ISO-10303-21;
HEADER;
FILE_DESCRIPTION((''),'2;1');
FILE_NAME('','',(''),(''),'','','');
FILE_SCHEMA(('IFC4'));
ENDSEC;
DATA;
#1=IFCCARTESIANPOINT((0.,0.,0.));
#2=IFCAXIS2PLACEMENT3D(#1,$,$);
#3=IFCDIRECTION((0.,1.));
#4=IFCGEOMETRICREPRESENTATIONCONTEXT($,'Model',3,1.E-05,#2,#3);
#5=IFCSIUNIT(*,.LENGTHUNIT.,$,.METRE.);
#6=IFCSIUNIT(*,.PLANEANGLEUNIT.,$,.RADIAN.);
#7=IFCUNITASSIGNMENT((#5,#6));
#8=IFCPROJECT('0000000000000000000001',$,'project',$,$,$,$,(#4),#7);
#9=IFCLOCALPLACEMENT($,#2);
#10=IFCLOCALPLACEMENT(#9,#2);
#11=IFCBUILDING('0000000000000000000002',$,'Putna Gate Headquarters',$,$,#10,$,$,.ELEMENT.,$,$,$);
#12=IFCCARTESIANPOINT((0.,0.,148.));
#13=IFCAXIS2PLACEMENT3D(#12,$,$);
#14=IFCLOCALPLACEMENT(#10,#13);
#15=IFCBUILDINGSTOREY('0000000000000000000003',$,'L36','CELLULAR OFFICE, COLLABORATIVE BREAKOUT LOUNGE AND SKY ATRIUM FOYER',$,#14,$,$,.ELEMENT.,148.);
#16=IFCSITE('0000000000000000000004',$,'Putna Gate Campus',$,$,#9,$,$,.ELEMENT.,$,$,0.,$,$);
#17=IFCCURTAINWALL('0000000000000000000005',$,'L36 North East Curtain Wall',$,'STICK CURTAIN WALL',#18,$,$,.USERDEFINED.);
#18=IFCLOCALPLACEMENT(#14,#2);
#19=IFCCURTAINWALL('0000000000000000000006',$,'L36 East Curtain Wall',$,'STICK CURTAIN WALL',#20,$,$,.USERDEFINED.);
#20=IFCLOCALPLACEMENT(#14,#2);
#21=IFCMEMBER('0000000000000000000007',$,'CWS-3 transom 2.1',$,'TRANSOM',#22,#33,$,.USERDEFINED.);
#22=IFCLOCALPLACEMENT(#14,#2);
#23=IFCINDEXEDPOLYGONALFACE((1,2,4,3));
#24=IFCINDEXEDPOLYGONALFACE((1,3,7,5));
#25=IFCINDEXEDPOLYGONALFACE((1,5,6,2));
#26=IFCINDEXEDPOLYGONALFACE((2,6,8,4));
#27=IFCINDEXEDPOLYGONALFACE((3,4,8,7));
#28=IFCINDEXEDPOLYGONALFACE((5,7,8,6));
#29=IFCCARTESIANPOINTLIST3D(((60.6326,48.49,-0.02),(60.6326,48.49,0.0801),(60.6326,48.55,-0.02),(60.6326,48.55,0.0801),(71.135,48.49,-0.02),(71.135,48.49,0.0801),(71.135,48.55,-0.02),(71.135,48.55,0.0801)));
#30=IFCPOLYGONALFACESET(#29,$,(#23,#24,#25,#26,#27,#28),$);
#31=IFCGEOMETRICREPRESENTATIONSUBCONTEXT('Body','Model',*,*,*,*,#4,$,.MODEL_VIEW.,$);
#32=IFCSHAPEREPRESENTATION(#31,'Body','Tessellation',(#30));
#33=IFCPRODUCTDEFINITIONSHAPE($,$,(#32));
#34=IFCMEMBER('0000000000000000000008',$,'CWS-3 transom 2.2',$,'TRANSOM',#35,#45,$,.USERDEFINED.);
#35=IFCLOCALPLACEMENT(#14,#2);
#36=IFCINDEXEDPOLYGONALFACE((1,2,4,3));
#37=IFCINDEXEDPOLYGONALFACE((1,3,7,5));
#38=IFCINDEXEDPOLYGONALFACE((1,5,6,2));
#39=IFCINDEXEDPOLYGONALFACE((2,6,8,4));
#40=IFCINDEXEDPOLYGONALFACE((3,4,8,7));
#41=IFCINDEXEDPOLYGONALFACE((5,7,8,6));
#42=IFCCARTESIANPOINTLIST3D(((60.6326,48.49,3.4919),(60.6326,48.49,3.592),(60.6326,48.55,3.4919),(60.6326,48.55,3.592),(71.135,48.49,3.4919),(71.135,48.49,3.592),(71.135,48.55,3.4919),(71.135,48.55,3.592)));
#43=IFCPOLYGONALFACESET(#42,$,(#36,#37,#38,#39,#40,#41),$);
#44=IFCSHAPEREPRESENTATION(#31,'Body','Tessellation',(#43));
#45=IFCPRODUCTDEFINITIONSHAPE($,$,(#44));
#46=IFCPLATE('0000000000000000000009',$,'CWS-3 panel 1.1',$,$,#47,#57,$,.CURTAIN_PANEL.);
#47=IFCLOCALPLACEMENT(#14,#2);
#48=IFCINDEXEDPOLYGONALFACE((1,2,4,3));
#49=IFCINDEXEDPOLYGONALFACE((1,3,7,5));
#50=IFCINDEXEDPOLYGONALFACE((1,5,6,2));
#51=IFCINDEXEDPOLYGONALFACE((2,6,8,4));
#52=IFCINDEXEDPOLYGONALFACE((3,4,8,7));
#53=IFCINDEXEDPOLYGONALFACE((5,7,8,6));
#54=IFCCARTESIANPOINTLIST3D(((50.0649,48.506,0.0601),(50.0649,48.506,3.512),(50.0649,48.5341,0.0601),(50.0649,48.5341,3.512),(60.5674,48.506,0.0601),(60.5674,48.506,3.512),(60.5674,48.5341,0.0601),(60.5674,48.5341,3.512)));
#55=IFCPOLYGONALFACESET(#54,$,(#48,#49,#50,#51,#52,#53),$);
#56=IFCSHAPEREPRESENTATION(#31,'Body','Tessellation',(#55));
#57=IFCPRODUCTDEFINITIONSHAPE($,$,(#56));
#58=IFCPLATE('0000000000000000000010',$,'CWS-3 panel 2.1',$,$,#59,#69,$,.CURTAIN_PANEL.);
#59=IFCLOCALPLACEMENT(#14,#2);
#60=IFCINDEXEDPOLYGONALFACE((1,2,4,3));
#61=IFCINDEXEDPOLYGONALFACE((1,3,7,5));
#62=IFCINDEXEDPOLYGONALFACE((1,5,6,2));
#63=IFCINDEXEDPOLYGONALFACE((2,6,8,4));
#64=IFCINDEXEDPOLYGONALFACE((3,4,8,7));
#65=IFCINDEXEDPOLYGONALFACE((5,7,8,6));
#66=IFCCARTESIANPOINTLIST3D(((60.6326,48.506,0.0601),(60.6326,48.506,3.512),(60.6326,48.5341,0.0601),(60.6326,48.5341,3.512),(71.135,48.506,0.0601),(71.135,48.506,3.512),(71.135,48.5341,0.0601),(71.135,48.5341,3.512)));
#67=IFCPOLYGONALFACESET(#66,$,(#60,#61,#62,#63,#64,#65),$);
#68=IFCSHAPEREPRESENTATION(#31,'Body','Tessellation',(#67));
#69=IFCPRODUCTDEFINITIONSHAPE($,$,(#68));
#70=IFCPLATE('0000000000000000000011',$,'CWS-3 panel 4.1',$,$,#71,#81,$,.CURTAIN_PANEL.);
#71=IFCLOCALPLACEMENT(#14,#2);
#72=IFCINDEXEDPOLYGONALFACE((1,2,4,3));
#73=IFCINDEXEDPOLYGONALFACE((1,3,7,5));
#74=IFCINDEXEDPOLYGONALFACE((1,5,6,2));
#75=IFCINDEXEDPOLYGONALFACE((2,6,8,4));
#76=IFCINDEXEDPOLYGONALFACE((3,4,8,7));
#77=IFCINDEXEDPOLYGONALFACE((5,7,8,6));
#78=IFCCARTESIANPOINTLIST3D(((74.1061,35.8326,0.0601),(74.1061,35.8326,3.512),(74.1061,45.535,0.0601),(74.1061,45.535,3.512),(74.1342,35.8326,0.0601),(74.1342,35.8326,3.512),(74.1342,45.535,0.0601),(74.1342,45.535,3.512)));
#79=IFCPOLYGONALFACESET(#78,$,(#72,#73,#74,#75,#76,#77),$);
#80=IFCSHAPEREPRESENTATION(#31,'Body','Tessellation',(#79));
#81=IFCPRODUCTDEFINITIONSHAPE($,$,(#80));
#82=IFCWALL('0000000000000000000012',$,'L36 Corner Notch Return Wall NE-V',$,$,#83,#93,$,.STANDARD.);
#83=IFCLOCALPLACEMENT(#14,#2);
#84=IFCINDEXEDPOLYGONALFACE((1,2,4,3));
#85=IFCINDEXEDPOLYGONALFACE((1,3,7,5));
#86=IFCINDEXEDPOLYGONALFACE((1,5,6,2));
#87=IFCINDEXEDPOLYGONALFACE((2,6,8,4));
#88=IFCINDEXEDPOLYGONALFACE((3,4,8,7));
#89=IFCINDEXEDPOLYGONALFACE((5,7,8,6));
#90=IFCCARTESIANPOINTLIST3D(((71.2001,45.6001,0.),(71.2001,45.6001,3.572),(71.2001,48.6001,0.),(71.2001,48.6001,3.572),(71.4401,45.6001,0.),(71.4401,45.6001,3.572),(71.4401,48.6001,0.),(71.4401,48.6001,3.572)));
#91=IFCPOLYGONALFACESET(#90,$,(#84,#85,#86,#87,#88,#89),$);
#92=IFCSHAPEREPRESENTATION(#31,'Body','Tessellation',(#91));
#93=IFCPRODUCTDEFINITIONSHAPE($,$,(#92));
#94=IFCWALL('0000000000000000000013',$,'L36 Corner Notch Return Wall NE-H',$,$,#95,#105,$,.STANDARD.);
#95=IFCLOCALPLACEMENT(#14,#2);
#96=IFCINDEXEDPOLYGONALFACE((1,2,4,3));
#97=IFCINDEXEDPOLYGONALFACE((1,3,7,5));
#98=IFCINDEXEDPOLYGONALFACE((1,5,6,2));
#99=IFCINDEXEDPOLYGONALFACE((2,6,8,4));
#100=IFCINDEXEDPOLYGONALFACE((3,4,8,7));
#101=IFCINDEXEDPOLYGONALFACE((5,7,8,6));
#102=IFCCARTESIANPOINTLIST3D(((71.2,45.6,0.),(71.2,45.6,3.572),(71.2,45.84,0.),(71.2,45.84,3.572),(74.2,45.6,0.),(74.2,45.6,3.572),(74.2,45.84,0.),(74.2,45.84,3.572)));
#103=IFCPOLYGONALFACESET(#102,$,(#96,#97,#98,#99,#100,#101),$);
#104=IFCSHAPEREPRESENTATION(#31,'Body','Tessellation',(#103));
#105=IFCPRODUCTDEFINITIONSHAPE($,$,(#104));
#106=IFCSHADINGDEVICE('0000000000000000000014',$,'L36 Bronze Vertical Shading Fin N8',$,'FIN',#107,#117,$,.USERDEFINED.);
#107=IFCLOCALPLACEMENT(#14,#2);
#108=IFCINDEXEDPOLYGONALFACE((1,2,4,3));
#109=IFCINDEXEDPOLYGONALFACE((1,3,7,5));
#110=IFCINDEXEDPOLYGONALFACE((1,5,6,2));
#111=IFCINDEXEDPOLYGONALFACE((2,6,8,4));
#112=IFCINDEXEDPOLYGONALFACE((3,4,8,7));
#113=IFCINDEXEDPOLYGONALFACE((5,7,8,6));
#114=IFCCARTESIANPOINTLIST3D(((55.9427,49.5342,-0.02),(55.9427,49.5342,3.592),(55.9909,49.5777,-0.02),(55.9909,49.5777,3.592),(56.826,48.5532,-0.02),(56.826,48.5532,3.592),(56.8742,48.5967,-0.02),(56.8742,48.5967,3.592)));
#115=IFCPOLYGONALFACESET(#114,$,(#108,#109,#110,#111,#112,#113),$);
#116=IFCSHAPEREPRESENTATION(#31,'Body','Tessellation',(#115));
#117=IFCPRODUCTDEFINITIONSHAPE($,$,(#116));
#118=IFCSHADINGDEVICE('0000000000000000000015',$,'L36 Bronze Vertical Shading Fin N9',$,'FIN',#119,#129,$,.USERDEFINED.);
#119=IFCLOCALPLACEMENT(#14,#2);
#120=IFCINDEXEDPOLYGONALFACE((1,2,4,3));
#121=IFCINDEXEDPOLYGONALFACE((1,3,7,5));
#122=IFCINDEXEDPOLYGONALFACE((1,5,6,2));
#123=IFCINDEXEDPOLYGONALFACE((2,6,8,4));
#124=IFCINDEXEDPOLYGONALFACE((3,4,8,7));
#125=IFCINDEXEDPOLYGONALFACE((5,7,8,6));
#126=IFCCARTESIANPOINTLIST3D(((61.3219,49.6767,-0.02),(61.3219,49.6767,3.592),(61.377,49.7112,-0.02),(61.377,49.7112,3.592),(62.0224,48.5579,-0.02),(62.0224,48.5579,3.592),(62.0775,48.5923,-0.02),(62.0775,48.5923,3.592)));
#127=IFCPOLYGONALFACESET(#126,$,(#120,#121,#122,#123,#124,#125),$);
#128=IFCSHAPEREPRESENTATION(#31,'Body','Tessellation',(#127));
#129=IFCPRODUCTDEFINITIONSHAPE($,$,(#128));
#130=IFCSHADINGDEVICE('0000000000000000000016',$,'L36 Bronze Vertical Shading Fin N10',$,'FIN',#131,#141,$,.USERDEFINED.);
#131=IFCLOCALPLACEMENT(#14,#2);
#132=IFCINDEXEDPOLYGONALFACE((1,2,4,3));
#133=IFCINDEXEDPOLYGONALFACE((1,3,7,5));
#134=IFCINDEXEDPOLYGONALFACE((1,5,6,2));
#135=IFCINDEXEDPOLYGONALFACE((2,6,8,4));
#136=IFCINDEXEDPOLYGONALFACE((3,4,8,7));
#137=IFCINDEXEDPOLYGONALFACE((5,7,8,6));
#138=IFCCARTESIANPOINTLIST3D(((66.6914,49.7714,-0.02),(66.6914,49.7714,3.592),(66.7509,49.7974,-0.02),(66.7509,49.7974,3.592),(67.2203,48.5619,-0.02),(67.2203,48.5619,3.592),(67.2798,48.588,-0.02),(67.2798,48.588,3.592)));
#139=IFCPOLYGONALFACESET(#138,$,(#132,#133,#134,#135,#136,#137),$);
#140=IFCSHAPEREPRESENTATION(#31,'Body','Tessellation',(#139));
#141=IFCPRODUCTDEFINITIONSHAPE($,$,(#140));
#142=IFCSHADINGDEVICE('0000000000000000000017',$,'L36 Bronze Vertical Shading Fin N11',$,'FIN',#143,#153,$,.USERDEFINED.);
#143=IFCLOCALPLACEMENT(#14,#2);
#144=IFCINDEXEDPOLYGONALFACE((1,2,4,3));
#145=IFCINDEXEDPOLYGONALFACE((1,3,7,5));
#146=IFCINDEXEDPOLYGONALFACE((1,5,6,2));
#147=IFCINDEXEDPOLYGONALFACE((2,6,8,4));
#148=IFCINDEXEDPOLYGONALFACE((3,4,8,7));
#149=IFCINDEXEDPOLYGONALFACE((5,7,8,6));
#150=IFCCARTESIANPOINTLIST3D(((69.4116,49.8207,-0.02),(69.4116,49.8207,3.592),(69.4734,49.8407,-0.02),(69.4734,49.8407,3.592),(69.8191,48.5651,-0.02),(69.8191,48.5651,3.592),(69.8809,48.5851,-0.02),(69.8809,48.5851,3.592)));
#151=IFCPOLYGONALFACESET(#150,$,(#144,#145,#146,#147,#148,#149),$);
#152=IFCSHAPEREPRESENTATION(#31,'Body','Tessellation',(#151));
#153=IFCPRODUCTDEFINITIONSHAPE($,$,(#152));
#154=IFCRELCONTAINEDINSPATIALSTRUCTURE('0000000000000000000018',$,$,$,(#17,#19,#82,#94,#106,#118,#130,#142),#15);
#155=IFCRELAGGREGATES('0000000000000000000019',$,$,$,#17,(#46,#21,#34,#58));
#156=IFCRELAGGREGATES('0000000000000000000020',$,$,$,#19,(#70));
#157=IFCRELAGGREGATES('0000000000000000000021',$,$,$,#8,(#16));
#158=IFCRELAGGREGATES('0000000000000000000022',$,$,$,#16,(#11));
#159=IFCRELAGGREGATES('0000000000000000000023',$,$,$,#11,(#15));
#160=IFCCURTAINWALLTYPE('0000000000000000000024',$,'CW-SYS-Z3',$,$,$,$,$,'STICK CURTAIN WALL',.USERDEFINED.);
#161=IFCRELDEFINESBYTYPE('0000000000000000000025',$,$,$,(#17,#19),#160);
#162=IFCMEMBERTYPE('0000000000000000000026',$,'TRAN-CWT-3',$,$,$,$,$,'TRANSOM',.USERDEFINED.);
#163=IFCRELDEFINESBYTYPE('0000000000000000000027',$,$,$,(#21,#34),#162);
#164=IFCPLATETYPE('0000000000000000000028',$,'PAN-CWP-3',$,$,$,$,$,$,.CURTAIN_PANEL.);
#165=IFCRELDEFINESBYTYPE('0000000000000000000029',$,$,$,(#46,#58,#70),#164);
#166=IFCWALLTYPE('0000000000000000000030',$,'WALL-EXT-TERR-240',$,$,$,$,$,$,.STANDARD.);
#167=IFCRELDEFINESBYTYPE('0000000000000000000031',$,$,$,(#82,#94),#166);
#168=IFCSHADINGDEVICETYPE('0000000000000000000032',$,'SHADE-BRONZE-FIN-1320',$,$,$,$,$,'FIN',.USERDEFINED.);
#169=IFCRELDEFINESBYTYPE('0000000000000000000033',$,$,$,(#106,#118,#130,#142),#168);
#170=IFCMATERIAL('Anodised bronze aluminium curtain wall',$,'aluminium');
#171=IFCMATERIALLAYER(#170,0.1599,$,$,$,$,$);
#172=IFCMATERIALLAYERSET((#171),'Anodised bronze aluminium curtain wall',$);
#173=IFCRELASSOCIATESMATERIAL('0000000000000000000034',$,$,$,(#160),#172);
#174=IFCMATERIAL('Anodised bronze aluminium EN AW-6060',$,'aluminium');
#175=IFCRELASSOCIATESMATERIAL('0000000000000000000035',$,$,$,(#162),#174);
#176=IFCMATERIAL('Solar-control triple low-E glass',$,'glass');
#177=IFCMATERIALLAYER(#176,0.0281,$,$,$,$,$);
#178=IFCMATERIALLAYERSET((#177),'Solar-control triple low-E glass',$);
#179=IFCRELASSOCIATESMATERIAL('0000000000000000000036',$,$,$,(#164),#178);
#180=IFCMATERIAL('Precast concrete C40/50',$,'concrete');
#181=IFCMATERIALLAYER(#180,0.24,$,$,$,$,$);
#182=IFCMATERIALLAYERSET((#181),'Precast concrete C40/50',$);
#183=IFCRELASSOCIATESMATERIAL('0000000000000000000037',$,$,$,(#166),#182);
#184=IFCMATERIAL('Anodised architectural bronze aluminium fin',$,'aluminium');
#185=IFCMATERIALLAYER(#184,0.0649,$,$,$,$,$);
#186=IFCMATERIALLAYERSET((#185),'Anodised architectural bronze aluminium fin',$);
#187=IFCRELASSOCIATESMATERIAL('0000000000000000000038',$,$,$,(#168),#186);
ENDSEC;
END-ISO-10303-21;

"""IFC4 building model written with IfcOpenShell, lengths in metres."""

from ifc_helpers import new_model, si_unit, direction, frame, frame_2d, origin, origin_2d, place, context, subcontext, project, spatial, rectangle, extrude, material, layer, layer_set, material_profile, profile_set, type_object, element, aggregate, save


model = new_model("IFC4")

# Units and contexts
model_context = context("Model", 3, precision=1e-05, world=origin(), true_north=direction((0.0, 1.0)))
body_context = subcontext(model_context, "Body", "Model", "MODEL_VIEW")
ifc_project = project(units=[si_unit("LENGTHUNIT", "METRE"), si_unit("PLANEANGLEUNIT", "RADIAN")], contexts=[model_context])

# Site, building, storey
site_placement = place(None, origin())
site = spatial("IfcSite", under=ifc_project, at=site_placement, Name="Putna Gate Campus", CompositionType="ELEMENT", RefElevation=0.0)
building_placement = place(site_placement, origin())
building = spatial("IfcBuilding", under=site, at=building_placement, Name="Putna Gate Headquarters", CompositionType="ELEMENT")
storey_placement = place(building_placement, frame((0.0, 0.0, 148.0)))
storey = spatial("IfcBuildingStorey", under=building, at=storey_placement, Name="L36", Description="CELLULAR OFFICE, COLLABORATIVE BREAKOUT LOUNGE AND SKY ATRIUM FOYER", CompositionType="ELEMENT", Elevation=148.0)

# Curtain wall
ifc_material_1 = material(Name="Anodised bronze aluminium curtain wall", Category="aluminium")
ifc_layer_1 = layer(ifc_material_1, 0.1599)
ifc_layer_set_1 = layer_set([ifc_layer_1], Name="Anodised bronze aluminium curtain wall")
curtain_wall_type = type_object("IfcCurtainWallType", Name="CW-SYS-Z3", ElementType="STICK CURTAIN WALL", PredefinedType="USERDEFINED", material=ifc_layer_set_1)
curtain_wall_1_placement = place(storey_placement, origin())
curtain_wall_1 = element("IfcCurtainWall", 1, at=curtain_wall_1_placement, inside=storey, type_object=curtain_wall_type, Name="L36 North East Curtain Wall", ObjectType="STICK CURTAIN WALL", PredefinedType="USERDEFINED")
ifc_material_2 = material(Name="Anodised bronze aluminium EN AW-6060", Category="aluminium")

# Curtain wall
curtain_wall_2_placement = place(storey_placement, origin())
curtain_wall_2 = element("IfcCurtainWall", 2, at=curtain_wall_2_placement, inside=storey, type_object=curtain_wall_type, Name="L36 East Curtain Wall", ObjectType="STICK CURTAIN WALL", PredefinedType="USERDEFINED")

# Members
ifc_material_profile_1 = material_profile(ifc_material_2, rectangle(XDim=0.0601, YDim=0.1001, at=origin_2d()), Name="Anodised bronze aluminium EN AW-6060")
ifc_profile_set_1 = profile_set([ifc_material_profile_1], Name="Anodised bronze aluminium EN AW-6060")
member_type_1 = type_object("IfcMemberType", Name="TRAN-CWT-3", ElementType="TRANSOM", PredefinedType="USERDEFINED", material=ifc_profile_set_1)
member_1_placement = place(storey_placement, frame((60.6326, 48.52, 0.03), z_axis=(1.0, 0.0, 0.0), x_axis=(0.0, 1.0, 0.0)))
member_1 = element("IfcMember", 3, at=member_1_placement, type_object=member_type_1, Name="CWS-3 transom 2.1", ObjectType="TRANSOM", PredefinedType="USERDEFINED", context=body_context, shape_type="SweptSolid", body=[
    extrude(rectangle(XDim=0.0601, YDim=0.1001, at=origin_2d()), origin(), (0.0, 0.0, 1.0), 10.5024),
])
member_2_placement = place(storey_placement, frame((60.6326, 48.52, 3.542), z_axis=(1.0, 0.0, 0.0), x_axis=(0.0, 1.0, 0.0)))
member_2 = element("IfcMember", 4, at=member_2_placement, type_object=member_type_1, Name="CWS-3 transom 2.2", ObjectType="TRANSOM", PredefinedType="USERDEFINED", context=body_context, shape_type="SweptSolid", body=[
    extrude(rectangle(XDim=0.0601, YDim=0.1001, at=origin_2d()), origin(), (0.0, 0.0, 1.0), 10.5024),
])

# Plates
ifc_material_3 = material(Name="Solar-control triple low-E glass", Category="glass")
ifc_layer_2 = layer(ifc_material_3, 0.0281)
ifc_layer_set_2 = layer_set([ifc_layer_2], Name="Solar-control triple low-E glass")
plate_type = type_object("IfcPlateType", Name="PAN-CWP-3", PredefinedType="CURTAIN_PANEL", material=ifc_layer_set_2)
plate_1_placement = place(storey_placement, frame((55.3162, 48.52, 0.0601), z_axis=(0.0, 0.0, 1.0), x_axis=(1.0, 0.0, 0.0)))
plate_1 = element("IfcPlate", 5, at=plate_1_placement, type_object=plate_type, Name="CWS-3 panel 1.1", PredefinedType="CURTAIN_PANEL", context=body_context, shape_type="SweptSolid", body=[
    extrude(rectangle(XDim=10.5024, YDim=0.0281, at=origin_2d()), origin(), (0.0, 0.0, 1.0), 3.4519),
])
plate_2_placement = place(storey_placement, frame((65.8838, 48.52, 0.0601), z_axis=(0.0, 0.0, 1.0), x_axis=(1.0, 0.0, 0.0)))
plate_2 = element("IfcPlate", 6, at=plate_2_placement, type_object=plate_type, Name="CWS-3 panel 2.1", PredefinedType="CURTAIN_PANEL", context=body_context, shape_type="SweptSolid", body=[
    extrude(rectangle(XDim=10.5024, YDim=0.0281, at=origin_2d()), origin(), (0.0, 0.0, 1.0), 3.4519),
])
aggregate(curtain_wall_1, [plate_1, member_1, member_2, plate_2])
plate_3_placement = place(storey_placement, frame((74.1201, 40.6838, 0.0601), z_axis=(0.0, 0.0, 1.0), x_axis=(0.0, 1.0, 0.0)))
plate_3 = element("IfcPlate", 7, at=plate_3_placement, type_object=plate_type, Name="CWS-3 panel 4.1", PredefinedType="CURTAIN_PANEL", context=body_context, shape_type="SweptSolid", body=[
    extrude(rectangle(XDim=9.7024, YDim=0.0281, at=origin_2d()), origin(), (0.0, 0.0, 1.0), 3.4519),
])
aggregate(curtain_wall_2, [plate_3])

# Walls
ifc_material_4 = material(Name="Precast concrete C40/50", Category="concrete")
ifc_layer_3 = layer(ifc_material_4, 0.24)
ifc_layer_set_3 = layer_set([ifc_layer_3], Name="Precast concrete C40/50")
wall_type = type_object("IfcWallType", Name="WALL-EXT-TERR-240", PredefinedType="STANDARD", material=ifc_layer_set_3)
for number, where, z_axis, x_axis, name in (
    (8, (71.3201, 48.6001, 0.0), (0.0, 0.0, 1.0), (0.0, -1.0, 0.0), "L36 Corner Notch Return Wall NE-V"),
    (9, (71.2, 45.72, 0.0), (0.0, 0.0, 1.0), (1.0, 0.0, 0.0), "L36 Corner Notch Return Wall NE-H"),
):
    element("IfcWall", number, at=place(storey_placement, frame(where, z_axis=z_axis, x_axis=x_axis)), inside=storey, type_object=wall_type, Name=name, PredefinedType="STANDARD", context=body_context, shape_type="SweptSolid", body=[
        extrude(rectangle(XDim=3.0, YDim=0.24, at=frame_2d((1.5, 0.0))), origin(), (0.0, 0.0, 1.0), 3.572),
    ])

# Shading devices
ifc_material_5 = material(Name="Anodised architectural bronze aluminium fin", Category="aluminium")
ifc_layer_4 = layer(ifc_material_5, 0.0649)
ifc_layer_set_4 = layer_set([ifc_layer_4], Name="Anodised architectural bronze aluminium fin")
shading_device_type = type_object("IfcShadingDeviceType", Name="SHADE-BRONZE-FIN-1320", ElementType="FIN", PredefinedType="USERDEFINED", material=ifc_layer_set_4)
for number, where, z_axis, x_axis, name in (
    (10, (56.4084, 49.0654, -0.02), (0.0, 0.0, 1.0), (-0.669131, 0.743145, 0.0), "L36 Bronze Vertical Shading Fin N8"),
    (11, (61.6997, 49.1345, -0.02), (0.0, 0.0, 1.0), (-0.530659, 0.847585, 0.0), "L36 Bronze Vertical Shading Fin N9"),
    (12, (66.9856, 49.1797, -0.02), (0.0, 0.0, 1.0), (-0.400669, 0.916223, 0.0), "L36 Bronze Vertical Shading Fin N10"),
    (13, (69.6462, 49.2029, -0.02), (0.0, 0.0, 1.0), (-0.308685, 0.951164, 0.0), "L36 Bronze Vertical Shading Fin N11"),
):
    element("IfcShadingDevice", number, at=place(storey_placement, frame(where, z_axis=z_axis, x_axis=x_axis)), inside=storey, type_object=shading_device_type, Name=name, ObjectType="FIN", PredefinedType="USERDEFINED", context=body_context, shape_type="SweptSolid", body=[
        extrude(rectangle(XDim=1.3201, YDim=0.0649, at=origin_2d()), origin(), (0.0, 0.0, 1.0), 3.6121),
    ])

save(model, "model.ifc")
